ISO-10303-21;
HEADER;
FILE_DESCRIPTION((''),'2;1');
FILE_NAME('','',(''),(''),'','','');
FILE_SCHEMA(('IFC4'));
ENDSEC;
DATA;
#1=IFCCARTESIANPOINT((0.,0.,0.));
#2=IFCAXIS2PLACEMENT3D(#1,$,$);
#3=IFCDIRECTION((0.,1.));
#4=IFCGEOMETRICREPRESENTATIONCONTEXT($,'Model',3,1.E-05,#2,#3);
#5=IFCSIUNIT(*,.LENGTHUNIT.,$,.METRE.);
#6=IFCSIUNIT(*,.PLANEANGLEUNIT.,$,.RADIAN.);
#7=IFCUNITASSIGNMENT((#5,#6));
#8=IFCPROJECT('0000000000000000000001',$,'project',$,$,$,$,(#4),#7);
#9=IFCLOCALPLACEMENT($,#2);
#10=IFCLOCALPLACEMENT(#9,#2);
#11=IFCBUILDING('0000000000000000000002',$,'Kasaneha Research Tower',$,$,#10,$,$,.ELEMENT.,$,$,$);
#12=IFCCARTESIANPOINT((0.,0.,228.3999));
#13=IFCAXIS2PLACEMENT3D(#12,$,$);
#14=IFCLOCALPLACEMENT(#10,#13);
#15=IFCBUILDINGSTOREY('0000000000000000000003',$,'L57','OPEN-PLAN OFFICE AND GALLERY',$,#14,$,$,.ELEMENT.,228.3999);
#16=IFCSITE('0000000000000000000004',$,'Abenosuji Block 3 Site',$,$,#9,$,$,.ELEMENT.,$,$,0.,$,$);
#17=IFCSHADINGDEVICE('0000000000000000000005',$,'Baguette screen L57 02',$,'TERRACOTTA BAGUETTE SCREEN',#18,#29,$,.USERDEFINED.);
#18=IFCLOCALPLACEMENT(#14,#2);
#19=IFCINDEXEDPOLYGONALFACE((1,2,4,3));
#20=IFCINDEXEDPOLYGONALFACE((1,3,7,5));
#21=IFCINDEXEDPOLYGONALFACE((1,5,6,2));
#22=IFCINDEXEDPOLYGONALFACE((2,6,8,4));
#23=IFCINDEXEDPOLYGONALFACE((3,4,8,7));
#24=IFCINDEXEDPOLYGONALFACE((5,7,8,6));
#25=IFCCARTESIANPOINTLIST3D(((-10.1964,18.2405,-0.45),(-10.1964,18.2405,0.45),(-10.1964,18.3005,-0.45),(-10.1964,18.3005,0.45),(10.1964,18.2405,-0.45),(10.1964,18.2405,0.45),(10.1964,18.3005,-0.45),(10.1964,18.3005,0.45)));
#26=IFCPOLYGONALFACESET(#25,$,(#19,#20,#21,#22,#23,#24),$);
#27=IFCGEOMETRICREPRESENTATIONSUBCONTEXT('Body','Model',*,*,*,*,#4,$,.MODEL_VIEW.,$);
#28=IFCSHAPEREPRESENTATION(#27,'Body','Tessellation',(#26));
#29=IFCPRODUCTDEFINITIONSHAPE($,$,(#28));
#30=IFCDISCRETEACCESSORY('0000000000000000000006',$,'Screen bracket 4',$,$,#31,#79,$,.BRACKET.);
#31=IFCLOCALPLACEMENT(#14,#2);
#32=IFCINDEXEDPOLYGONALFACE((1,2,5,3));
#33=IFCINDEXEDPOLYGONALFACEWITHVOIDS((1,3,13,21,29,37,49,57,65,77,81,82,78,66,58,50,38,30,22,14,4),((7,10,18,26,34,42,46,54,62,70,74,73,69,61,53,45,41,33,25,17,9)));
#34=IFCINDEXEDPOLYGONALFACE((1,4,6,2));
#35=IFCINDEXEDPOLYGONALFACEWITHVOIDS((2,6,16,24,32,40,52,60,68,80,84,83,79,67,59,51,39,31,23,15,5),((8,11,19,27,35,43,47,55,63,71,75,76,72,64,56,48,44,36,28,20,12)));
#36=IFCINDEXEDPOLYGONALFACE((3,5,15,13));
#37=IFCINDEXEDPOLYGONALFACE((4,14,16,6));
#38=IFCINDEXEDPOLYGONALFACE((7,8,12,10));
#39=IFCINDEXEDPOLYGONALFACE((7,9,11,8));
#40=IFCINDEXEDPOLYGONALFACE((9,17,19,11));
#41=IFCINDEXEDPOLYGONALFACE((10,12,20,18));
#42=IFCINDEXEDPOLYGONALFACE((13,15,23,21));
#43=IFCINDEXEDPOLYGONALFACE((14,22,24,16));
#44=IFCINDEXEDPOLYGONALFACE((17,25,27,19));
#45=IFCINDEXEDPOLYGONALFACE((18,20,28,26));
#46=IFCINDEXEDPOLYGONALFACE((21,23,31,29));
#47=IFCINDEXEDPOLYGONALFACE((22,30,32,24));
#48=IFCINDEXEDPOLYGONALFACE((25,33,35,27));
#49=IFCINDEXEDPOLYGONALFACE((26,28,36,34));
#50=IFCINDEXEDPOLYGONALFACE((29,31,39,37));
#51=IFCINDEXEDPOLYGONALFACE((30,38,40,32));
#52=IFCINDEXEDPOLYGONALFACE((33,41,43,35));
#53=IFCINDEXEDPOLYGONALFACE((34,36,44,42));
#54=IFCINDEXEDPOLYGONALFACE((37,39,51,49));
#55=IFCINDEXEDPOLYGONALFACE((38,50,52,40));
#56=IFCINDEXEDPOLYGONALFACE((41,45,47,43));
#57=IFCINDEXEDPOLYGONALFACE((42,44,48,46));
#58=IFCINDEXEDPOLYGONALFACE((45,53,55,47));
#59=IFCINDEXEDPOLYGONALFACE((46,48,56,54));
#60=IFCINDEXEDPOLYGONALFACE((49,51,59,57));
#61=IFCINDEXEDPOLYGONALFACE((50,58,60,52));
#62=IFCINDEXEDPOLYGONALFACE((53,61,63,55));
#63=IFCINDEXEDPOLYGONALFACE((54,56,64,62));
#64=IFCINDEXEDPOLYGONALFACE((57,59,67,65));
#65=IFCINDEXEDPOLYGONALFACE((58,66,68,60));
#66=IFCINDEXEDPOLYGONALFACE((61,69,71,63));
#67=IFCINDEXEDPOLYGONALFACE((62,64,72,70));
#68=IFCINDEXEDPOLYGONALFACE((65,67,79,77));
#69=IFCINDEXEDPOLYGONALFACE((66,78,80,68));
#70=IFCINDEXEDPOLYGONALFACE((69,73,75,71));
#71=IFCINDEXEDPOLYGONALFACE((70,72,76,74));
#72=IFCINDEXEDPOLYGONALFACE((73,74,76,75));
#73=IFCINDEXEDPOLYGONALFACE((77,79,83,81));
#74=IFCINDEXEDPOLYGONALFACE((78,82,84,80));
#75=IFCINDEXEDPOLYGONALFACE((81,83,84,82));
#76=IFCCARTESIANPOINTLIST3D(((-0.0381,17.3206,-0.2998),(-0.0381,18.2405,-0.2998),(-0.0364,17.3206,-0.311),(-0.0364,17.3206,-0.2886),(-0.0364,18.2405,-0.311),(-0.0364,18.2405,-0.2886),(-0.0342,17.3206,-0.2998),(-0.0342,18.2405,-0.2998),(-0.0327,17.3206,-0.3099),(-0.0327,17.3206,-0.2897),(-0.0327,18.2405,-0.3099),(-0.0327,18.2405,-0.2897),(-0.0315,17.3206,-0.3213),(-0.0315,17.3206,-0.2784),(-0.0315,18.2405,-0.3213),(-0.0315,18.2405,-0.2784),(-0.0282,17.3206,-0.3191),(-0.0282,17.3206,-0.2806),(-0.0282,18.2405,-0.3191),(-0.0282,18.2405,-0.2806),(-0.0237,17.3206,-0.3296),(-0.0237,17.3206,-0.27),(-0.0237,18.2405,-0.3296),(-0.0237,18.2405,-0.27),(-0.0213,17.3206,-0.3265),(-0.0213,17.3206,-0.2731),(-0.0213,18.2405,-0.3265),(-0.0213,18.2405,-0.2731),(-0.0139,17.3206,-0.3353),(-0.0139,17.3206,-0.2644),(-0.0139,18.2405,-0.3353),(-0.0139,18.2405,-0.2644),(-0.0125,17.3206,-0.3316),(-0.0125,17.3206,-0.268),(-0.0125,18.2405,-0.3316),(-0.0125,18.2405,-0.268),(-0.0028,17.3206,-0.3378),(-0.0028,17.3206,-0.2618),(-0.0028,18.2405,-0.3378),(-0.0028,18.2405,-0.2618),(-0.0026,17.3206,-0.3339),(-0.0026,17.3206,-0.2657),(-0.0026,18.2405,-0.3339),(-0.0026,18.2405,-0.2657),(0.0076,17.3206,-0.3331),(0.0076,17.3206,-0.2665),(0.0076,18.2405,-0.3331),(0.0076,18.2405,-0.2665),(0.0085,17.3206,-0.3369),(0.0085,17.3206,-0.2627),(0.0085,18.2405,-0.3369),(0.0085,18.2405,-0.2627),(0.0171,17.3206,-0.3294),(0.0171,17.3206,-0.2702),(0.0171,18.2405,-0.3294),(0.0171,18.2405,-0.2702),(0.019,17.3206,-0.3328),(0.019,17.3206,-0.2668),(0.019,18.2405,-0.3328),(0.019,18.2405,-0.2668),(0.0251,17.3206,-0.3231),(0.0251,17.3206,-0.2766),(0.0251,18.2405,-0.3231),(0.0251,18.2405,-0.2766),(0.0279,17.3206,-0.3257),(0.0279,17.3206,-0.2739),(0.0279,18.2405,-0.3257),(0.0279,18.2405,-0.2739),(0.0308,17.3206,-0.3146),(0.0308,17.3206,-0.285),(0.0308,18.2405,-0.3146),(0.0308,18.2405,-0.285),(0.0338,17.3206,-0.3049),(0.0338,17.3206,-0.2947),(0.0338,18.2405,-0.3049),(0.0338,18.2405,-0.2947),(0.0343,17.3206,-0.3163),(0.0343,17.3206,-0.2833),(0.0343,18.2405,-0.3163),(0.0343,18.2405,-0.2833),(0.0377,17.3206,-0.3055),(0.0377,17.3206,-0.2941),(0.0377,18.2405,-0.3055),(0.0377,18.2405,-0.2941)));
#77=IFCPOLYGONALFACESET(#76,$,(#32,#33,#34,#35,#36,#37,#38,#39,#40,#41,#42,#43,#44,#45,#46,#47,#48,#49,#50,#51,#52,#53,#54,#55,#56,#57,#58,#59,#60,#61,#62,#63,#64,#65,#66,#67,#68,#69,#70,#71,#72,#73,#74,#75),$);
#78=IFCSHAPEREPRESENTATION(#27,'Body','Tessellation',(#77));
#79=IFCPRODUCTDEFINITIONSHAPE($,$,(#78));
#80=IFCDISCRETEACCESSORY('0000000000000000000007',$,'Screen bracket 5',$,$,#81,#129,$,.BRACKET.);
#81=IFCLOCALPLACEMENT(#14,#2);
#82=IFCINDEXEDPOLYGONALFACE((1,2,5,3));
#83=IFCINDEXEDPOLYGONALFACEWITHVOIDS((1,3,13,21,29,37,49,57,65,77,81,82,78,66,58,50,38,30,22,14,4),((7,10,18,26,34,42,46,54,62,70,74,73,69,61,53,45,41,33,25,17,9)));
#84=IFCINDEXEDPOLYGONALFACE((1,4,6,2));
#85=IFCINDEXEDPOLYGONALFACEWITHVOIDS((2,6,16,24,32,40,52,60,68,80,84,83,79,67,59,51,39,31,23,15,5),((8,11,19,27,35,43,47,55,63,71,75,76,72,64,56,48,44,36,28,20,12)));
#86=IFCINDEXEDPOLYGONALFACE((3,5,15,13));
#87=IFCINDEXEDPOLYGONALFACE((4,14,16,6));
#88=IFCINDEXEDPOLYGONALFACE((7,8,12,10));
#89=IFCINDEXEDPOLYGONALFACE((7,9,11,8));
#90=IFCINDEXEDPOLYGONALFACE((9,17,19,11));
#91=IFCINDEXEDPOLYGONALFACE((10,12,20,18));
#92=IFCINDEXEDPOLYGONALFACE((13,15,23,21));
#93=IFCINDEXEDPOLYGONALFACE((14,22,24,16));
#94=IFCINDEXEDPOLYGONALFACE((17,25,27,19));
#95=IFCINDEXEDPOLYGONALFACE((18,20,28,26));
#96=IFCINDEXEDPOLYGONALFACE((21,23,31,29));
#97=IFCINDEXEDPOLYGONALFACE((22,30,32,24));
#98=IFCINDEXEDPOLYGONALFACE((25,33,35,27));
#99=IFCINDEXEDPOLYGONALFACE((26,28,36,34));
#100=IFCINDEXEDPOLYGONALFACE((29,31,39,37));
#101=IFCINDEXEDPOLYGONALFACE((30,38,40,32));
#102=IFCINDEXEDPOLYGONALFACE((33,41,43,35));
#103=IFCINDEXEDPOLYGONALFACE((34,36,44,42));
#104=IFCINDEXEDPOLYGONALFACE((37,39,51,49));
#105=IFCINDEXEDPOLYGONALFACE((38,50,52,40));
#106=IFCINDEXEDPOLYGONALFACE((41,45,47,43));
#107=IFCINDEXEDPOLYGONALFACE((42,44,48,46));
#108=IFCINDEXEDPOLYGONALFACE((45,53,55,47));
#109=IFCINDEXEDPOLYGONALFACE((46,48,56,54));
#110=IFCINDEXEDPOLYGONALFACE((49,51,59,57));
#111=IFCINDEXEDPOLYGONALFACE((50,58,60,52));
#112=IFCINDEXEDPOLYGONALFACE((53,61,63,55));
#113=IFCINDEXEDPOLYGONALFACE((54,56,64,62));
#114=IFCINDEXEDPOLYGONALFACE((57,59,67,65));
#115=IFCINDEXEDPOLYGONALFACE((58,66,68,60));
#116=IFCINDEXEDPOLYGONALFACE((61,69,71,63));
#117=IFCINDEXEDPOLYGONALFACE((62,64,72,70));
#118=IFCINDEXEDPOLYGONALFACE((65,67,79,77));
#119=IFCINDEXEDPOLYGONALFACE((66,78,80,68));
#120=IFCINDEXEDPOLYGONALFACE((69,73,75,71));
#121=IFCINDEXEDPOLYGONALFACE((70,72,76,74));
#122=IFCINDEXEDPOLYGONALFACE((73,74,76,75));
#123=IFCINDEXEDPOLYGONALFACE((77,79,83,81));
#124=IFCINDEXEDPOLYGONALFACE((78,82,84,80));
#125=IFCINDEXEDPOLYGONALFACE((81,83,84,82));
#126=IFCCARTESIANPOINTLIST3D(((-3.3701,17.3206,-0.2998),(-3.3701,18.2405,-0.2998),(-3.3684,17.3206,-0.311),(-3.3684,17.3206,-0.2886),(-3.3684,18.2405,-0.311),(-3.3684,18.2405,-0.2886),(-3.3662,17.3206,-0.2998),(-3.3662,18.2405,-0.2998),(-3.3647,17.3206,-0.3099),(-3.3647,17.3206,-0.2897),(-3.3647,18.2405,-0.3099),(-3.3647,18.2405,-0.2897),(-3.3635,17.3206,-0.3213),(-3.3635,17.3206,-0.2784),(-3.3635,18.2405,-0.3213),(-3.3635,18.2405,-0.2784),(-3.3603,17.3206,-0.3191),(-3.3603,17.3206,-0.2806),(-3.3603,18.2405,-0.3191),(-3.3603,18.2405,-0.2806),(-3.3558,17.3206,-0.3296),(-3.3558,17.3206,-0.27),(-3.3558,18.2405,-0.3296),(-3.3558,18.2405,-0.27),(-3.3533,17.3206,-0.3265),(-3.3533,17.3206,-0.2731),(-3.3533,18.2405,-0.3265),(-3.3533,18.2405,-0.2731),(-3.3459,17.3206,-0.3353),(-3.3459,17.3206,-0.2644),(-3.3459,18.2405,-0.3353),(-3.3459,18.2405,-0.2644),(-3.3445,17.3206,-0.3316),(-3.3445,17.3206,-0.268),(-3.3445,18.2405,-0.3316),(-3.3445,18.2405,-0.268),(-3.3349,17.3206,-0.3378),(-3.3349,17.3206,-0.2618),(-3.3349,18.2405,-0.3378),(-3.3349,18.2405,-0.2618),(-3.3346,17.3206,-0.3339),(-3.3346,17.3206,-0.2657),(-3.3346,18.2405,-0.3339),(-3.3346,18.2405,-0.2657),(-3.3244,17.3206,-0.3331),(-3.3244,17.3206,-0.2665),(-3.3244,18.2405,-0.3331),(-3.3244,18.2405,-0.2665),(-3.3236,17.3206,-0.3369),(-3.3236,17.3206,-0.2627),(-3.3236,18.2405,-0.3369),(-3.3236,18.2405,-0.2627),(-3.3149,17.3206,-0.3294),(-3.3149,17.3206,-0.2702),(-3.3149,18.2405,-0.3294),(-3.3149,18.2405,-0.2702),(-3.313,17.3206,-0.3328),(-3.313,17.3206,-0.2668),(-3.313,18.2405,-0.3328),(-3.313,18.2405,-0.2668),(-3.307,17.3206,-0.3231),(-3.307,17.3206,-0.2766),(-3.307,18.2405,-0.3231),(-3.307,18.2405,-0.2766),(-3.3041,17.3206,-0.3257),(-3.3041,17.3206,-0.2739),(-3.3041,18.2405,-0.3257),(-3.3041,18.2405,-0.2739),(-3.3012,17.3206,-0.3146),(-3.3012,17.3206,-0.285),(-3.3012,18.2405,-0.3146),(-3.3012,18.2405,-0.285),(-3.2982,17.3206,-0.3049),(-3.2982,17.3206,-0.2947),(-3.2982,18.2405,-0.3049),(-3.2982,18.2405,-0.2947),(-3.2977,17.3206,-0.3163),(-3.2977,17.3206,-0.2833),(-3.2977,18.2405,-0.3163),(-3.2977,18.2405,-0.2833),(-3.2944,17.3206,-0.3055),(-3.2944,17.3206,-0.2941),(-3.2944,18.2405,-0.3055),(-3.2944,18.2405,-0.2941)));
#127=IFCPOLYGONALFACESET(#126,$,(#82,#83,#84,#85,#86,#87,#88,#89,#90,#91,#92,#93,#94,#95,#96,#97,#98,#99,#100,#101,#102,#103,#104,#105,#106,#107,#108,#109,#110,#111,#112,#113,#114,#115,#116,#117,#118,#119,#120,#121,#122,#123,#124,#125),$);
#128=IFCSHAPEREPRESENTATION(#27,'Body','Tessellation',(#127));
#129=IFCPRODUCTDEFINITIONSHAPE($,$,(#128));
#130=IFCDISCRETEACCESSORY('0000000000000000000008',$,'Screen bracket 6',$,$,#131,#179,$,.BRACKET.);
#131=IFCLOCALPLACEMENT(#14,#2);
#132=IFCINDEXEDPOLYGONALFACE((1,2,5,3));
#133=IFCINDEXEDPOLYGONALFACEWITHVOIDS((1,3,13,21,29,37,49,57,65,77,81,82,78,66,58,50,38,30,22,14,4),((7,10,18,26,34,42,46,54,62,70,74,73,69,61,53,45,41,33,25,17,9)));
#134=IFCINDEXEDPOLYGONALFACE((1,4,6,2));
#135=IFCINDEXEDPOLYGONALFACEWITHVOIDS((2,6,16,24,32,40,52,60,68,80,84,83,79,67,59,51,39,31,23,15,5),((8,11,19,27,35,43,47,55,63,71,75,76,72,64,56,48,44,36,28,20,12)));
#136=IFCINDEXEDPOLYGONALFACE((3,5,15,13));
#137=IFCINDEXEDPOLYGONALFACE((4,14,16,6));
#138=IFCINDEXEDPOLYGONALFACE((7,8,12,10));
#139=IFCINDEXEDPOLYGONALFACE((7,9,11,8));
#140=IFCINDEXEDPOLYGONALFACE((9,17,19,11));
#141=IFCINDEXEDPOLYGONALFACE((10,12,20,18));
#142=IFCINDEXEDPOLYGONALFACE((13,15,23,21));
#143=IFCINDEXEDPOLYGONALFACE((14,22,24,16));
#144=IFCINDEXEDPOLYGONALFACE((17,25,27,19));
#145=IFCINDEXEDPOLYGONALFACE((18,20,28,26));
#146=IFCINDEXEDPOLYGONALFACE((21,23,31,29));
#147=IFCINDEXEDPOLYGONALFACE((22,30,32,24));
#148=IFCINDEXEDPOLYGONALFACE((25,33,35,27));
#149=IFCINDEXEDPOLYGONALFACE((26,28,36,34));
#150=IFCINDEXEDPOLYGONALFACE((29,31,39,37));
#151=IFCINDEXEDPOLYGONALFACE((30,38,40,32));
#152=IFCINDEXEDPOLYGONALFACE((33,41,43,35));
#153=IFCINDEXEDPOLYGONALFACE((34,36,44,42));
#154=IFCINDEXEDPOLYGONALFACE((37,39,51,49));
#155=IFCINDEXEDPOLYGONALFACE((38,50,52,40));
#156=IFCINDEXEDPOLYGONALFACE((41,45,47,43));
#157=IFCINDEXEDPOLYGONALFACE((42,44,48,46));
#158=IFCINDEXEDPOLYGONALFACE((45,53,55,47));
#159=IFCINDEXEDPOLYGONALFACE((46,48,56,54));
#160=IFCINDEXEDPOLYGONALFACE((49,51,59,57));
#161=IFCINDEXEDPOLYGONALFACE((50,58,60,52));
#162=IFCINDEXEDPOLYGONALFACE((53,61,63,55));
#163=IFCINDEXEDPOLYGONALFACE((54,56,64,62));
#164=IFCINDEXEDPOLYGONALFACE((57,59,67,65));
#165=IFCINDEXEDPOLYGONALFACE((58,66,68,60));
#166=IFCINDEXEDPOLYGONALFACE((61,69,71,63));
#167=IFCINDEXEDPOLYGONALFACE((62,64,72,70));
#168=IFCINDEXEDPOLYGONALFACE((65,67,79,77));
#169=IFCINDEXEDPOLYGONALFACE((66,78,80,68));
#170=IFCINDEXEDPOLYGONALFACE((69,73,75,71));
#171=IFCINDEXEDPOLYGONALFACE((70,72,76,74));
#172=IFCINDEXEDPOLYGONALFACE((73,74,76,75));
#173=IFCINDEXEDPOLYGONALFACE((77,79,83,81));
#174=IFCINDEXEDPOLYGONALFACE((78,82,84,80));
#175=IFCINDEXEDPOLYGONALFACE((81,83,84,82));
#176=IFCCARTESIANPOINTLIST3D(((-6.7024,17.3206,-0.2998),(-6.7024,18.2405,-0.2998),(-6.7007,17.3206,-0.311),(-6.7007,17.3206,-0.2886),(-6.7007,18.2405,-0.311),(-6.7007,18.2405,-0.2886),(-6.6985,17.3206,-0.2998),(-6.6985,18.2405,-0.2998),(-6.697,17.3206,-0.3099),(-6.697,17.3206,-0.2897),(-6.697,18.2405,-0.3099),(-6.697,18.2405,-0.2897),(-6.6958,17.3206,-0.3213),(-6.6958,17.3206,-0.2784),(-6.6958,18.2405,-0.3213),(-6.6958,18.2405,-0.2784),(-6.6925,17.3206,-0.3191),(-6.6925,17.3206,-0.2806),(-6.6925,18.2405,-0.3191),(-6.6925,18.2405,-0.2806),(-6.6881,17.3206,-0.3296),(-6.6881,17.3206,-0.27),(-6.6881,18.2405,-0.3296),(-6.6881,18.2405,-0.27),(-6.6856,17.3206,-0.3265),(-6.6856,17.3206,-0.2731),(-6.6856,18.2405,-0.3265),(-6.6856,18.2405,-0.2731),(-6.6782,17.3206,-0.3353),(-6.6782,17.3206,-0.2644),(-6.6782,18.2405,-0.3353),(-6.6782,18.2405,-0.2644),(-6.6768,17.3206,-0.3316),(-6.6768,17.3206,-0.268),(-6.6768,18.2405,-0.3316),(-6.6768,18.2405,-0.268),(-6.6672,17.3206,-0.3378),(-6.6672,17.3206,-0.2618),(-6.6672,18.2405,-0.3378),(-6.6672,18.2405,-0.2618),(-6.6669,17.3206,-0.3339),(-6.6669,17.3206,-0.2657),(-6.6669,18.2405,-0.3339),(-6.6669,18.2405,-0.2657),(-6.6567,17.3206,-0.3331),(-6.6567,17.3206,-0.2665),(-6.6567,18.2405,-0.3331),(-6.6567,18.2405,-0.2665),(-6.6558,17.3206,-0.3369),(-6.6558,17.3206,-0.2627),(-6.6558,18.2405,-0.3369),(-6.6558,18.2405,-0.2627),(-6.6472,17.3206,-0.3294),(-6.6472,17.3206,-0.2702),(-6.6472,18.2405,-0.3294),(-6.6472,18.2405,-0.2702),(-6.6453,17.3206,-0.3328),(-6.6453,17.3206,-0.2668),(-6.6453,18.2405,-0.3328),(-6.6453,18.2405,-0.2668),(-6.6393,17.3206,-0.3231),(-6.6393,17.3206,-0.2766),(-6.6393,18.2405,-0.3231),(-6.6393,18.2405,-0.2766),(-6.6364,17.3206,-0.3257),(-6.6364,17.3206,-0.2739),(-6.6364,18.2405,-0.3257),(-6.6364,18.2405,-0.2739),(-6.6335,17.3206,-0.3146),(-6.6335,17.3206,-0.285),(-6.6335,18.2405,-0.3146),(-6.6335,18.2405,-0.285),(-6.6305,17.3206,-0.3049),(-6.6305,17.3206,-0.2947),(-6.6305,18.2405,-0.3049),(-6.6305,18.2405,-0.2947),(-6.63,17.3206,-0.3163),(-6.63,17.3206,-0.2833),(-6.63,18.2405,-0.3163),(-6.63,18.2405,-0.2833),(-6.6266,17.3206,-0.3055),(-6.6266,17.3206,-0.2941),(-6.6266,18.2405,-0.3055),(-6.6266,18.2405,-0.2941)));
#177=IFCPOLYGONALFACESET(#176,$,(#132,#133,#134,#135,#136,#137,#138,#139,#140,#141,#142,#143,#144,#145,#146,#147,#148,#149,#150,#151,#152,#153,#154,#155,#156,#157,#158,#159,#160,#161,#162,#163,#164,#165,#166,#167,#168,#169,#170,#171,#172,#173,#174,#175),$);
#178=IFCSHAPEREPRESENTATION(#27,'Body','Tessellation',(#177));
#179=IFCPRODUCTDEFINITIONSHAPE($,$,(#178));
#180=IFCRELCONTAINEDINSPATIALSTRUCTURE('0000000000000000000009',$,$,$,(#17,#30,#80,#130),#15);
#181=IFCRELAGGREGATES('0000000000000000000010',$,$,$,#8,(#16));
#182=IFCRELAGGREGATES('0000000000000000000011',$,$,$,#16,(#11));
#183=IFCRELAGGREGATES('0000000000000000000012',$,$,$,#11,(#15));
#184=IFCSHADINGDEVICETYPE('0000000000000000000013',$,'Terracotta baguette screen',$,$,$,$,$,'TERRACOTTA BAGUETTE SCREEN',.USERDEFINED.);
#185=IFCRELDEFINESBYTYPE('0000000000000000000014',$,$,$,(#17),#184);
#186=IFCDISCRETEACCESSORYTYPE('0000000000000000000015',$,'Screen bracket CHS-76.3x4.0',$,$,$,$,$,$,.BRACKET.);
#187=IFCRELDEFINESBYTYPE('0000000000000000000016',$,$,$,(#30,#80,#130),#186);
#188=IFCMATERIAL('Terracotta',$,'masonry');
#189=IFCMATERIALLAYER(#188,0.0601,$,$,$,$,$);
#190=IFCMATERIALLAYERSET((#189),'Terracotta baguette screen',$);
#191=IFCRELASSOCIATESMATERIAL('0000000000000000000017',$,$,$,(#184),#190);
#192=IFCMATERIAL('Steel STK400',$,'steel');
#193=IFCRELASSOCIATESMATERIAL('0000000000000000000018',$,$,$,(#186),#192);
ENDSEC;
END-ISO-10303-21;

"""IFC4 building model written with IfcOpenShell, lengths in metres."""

from ifc_helpers import new_model, si_unit, direction, frame, origin, origin_2d, place, context, subcontext, project, spatial, rectangle, hollow_circle, extrude, material, layer, layer_set, material_profile, profile_set, type_object, element, save


model = new_model("IFC4")

# Units and contexts
model_context = context("Model", 3, precision=1e-05, world=origin(), true_north=direction((0.0, 1.0)))
body_context = subcontext(model_context, "Body", "Model", "MODEL_VIEW")
ifc_project = project(units=[si_unit("LENGTHUNIT", "METRE"), si_unit("PLANEANGLEUNIT", "RADIAN")], contexts=[model_context])

# Site, building, storey
site_placement = place(None, origin())
site = spatial("IfcSite", under=ifc_project, at=site_placement, Name="Abenosuji Block 3 Site", CompositionType="ELEMENT", RefElevation=0.0)
building_placement = place(site_placement, origin())
building = spatial("IfcBuilding", under=site, at=building_placement, Name="Kasaneha Research Tower", CompositionType="ELEMENT")
storey_placement = place(building_placement, frame((0.0, 0.0, 228.3999)))
storey = spatial("IfcBuildingStorey", under=building, at=storey_placement, Name="L57", Description="OPEN-PLAN OFFICE AND GALLERY", CompositionType="ELEMENT", Elevation=228.3999)

# Shading device
ifc_material_1 = material(Name="Terracotta", Category="masonry")
ifc_layer_1 = layer(ifc_material_1, 0.0601)
ifc_layer_set_1 = layer_set([ifc_layer_1], Name="Terracotta baguette screen")
shading_device_type = type_object("IfcShadingDeviceType", Name="Terracotta baguette screen", ElementType="TERRACOTTA BAGUETTE SCREEN", PredefinedType="USERDEFINED", material=ifc_layer_set_1)
shading_device_placement = place(storey_placement, frame((0.0, 18.2705, -0.45), z_axis=(0.0, 0.0, 1.0), x_axis=(-1.0, 0.0, 0.0)))
element("IfcShadingDevice", 1, at=shading_device_placement, inside=storey, type_object=shading_device_type, Name="Baguette screen L57 02", ObjectType="TERRACOTTA BAGUETTE SCREEN", PredefinedType="USERDEFINED", context=body_context, shape_type="SweptSolid", body=[
    extrude(rectangle(XDim=20.3928, YDim=0.0601, at=origin_2d()), origin(), (0.0, 0.0, 1.0), 0.8999),
])

# Discrete accessories
ifc_material_2 = material(Name="Steel STK400", Category="steel")
ifc_material_profile_1 = material_profile(ifc_material_2, hollow_circle(Radius=0.0381, WallThickness=0.0039, at=origin_2d()), Name="CHS-76.3x4.0")
ifc_profile_set_1 = profile_set([ifc_material_profile_1], Name="Steel STK400")
discrete_accessory_type = type_object("IfcDiscreteAccessoryType", Name="Screen bracket CHS-76.3x4.0", PredefinedType="BRACKET", material=ifc_profile_set_1)
for number, where, z_axis, x_axis, name in (
    (2, (0.0, 17.3206, -0.2998), (0.0, 1.0, 0.0), (-1.0, 0.0, 0.0), "Screen bracket 4"),
    (3, (-3.332, 17.3206, -0.2998), (0.0, 1.0, 0.0), (-1.0, 0.0, 0.0), "Screen bracket 5"),
    (4, (-6.6643, 17.3206, -0.2998), (0.0, 1.0, 0.0), (-1.0, 0.0, 0.0), "Screen bracket 6"),
):
    element("IfcDiscreteAccessory", number, at=place(storey_placement, frame(where, z_axis=z_axis, x_axis=x_axis)), inside=storey, type_object=discrete_accessory_type, Name=name, PredefinedType="BRACKET", context=body_context, shape_type="SweptSolid", body=[
        extrude(hollow_circle(Radius=0.0381, WallThickness=0.0039, at=origin_2d()), origin(), (0.0, 0.0, 1.0), 0.9199),
    ])

save(model, "model.ifc")
